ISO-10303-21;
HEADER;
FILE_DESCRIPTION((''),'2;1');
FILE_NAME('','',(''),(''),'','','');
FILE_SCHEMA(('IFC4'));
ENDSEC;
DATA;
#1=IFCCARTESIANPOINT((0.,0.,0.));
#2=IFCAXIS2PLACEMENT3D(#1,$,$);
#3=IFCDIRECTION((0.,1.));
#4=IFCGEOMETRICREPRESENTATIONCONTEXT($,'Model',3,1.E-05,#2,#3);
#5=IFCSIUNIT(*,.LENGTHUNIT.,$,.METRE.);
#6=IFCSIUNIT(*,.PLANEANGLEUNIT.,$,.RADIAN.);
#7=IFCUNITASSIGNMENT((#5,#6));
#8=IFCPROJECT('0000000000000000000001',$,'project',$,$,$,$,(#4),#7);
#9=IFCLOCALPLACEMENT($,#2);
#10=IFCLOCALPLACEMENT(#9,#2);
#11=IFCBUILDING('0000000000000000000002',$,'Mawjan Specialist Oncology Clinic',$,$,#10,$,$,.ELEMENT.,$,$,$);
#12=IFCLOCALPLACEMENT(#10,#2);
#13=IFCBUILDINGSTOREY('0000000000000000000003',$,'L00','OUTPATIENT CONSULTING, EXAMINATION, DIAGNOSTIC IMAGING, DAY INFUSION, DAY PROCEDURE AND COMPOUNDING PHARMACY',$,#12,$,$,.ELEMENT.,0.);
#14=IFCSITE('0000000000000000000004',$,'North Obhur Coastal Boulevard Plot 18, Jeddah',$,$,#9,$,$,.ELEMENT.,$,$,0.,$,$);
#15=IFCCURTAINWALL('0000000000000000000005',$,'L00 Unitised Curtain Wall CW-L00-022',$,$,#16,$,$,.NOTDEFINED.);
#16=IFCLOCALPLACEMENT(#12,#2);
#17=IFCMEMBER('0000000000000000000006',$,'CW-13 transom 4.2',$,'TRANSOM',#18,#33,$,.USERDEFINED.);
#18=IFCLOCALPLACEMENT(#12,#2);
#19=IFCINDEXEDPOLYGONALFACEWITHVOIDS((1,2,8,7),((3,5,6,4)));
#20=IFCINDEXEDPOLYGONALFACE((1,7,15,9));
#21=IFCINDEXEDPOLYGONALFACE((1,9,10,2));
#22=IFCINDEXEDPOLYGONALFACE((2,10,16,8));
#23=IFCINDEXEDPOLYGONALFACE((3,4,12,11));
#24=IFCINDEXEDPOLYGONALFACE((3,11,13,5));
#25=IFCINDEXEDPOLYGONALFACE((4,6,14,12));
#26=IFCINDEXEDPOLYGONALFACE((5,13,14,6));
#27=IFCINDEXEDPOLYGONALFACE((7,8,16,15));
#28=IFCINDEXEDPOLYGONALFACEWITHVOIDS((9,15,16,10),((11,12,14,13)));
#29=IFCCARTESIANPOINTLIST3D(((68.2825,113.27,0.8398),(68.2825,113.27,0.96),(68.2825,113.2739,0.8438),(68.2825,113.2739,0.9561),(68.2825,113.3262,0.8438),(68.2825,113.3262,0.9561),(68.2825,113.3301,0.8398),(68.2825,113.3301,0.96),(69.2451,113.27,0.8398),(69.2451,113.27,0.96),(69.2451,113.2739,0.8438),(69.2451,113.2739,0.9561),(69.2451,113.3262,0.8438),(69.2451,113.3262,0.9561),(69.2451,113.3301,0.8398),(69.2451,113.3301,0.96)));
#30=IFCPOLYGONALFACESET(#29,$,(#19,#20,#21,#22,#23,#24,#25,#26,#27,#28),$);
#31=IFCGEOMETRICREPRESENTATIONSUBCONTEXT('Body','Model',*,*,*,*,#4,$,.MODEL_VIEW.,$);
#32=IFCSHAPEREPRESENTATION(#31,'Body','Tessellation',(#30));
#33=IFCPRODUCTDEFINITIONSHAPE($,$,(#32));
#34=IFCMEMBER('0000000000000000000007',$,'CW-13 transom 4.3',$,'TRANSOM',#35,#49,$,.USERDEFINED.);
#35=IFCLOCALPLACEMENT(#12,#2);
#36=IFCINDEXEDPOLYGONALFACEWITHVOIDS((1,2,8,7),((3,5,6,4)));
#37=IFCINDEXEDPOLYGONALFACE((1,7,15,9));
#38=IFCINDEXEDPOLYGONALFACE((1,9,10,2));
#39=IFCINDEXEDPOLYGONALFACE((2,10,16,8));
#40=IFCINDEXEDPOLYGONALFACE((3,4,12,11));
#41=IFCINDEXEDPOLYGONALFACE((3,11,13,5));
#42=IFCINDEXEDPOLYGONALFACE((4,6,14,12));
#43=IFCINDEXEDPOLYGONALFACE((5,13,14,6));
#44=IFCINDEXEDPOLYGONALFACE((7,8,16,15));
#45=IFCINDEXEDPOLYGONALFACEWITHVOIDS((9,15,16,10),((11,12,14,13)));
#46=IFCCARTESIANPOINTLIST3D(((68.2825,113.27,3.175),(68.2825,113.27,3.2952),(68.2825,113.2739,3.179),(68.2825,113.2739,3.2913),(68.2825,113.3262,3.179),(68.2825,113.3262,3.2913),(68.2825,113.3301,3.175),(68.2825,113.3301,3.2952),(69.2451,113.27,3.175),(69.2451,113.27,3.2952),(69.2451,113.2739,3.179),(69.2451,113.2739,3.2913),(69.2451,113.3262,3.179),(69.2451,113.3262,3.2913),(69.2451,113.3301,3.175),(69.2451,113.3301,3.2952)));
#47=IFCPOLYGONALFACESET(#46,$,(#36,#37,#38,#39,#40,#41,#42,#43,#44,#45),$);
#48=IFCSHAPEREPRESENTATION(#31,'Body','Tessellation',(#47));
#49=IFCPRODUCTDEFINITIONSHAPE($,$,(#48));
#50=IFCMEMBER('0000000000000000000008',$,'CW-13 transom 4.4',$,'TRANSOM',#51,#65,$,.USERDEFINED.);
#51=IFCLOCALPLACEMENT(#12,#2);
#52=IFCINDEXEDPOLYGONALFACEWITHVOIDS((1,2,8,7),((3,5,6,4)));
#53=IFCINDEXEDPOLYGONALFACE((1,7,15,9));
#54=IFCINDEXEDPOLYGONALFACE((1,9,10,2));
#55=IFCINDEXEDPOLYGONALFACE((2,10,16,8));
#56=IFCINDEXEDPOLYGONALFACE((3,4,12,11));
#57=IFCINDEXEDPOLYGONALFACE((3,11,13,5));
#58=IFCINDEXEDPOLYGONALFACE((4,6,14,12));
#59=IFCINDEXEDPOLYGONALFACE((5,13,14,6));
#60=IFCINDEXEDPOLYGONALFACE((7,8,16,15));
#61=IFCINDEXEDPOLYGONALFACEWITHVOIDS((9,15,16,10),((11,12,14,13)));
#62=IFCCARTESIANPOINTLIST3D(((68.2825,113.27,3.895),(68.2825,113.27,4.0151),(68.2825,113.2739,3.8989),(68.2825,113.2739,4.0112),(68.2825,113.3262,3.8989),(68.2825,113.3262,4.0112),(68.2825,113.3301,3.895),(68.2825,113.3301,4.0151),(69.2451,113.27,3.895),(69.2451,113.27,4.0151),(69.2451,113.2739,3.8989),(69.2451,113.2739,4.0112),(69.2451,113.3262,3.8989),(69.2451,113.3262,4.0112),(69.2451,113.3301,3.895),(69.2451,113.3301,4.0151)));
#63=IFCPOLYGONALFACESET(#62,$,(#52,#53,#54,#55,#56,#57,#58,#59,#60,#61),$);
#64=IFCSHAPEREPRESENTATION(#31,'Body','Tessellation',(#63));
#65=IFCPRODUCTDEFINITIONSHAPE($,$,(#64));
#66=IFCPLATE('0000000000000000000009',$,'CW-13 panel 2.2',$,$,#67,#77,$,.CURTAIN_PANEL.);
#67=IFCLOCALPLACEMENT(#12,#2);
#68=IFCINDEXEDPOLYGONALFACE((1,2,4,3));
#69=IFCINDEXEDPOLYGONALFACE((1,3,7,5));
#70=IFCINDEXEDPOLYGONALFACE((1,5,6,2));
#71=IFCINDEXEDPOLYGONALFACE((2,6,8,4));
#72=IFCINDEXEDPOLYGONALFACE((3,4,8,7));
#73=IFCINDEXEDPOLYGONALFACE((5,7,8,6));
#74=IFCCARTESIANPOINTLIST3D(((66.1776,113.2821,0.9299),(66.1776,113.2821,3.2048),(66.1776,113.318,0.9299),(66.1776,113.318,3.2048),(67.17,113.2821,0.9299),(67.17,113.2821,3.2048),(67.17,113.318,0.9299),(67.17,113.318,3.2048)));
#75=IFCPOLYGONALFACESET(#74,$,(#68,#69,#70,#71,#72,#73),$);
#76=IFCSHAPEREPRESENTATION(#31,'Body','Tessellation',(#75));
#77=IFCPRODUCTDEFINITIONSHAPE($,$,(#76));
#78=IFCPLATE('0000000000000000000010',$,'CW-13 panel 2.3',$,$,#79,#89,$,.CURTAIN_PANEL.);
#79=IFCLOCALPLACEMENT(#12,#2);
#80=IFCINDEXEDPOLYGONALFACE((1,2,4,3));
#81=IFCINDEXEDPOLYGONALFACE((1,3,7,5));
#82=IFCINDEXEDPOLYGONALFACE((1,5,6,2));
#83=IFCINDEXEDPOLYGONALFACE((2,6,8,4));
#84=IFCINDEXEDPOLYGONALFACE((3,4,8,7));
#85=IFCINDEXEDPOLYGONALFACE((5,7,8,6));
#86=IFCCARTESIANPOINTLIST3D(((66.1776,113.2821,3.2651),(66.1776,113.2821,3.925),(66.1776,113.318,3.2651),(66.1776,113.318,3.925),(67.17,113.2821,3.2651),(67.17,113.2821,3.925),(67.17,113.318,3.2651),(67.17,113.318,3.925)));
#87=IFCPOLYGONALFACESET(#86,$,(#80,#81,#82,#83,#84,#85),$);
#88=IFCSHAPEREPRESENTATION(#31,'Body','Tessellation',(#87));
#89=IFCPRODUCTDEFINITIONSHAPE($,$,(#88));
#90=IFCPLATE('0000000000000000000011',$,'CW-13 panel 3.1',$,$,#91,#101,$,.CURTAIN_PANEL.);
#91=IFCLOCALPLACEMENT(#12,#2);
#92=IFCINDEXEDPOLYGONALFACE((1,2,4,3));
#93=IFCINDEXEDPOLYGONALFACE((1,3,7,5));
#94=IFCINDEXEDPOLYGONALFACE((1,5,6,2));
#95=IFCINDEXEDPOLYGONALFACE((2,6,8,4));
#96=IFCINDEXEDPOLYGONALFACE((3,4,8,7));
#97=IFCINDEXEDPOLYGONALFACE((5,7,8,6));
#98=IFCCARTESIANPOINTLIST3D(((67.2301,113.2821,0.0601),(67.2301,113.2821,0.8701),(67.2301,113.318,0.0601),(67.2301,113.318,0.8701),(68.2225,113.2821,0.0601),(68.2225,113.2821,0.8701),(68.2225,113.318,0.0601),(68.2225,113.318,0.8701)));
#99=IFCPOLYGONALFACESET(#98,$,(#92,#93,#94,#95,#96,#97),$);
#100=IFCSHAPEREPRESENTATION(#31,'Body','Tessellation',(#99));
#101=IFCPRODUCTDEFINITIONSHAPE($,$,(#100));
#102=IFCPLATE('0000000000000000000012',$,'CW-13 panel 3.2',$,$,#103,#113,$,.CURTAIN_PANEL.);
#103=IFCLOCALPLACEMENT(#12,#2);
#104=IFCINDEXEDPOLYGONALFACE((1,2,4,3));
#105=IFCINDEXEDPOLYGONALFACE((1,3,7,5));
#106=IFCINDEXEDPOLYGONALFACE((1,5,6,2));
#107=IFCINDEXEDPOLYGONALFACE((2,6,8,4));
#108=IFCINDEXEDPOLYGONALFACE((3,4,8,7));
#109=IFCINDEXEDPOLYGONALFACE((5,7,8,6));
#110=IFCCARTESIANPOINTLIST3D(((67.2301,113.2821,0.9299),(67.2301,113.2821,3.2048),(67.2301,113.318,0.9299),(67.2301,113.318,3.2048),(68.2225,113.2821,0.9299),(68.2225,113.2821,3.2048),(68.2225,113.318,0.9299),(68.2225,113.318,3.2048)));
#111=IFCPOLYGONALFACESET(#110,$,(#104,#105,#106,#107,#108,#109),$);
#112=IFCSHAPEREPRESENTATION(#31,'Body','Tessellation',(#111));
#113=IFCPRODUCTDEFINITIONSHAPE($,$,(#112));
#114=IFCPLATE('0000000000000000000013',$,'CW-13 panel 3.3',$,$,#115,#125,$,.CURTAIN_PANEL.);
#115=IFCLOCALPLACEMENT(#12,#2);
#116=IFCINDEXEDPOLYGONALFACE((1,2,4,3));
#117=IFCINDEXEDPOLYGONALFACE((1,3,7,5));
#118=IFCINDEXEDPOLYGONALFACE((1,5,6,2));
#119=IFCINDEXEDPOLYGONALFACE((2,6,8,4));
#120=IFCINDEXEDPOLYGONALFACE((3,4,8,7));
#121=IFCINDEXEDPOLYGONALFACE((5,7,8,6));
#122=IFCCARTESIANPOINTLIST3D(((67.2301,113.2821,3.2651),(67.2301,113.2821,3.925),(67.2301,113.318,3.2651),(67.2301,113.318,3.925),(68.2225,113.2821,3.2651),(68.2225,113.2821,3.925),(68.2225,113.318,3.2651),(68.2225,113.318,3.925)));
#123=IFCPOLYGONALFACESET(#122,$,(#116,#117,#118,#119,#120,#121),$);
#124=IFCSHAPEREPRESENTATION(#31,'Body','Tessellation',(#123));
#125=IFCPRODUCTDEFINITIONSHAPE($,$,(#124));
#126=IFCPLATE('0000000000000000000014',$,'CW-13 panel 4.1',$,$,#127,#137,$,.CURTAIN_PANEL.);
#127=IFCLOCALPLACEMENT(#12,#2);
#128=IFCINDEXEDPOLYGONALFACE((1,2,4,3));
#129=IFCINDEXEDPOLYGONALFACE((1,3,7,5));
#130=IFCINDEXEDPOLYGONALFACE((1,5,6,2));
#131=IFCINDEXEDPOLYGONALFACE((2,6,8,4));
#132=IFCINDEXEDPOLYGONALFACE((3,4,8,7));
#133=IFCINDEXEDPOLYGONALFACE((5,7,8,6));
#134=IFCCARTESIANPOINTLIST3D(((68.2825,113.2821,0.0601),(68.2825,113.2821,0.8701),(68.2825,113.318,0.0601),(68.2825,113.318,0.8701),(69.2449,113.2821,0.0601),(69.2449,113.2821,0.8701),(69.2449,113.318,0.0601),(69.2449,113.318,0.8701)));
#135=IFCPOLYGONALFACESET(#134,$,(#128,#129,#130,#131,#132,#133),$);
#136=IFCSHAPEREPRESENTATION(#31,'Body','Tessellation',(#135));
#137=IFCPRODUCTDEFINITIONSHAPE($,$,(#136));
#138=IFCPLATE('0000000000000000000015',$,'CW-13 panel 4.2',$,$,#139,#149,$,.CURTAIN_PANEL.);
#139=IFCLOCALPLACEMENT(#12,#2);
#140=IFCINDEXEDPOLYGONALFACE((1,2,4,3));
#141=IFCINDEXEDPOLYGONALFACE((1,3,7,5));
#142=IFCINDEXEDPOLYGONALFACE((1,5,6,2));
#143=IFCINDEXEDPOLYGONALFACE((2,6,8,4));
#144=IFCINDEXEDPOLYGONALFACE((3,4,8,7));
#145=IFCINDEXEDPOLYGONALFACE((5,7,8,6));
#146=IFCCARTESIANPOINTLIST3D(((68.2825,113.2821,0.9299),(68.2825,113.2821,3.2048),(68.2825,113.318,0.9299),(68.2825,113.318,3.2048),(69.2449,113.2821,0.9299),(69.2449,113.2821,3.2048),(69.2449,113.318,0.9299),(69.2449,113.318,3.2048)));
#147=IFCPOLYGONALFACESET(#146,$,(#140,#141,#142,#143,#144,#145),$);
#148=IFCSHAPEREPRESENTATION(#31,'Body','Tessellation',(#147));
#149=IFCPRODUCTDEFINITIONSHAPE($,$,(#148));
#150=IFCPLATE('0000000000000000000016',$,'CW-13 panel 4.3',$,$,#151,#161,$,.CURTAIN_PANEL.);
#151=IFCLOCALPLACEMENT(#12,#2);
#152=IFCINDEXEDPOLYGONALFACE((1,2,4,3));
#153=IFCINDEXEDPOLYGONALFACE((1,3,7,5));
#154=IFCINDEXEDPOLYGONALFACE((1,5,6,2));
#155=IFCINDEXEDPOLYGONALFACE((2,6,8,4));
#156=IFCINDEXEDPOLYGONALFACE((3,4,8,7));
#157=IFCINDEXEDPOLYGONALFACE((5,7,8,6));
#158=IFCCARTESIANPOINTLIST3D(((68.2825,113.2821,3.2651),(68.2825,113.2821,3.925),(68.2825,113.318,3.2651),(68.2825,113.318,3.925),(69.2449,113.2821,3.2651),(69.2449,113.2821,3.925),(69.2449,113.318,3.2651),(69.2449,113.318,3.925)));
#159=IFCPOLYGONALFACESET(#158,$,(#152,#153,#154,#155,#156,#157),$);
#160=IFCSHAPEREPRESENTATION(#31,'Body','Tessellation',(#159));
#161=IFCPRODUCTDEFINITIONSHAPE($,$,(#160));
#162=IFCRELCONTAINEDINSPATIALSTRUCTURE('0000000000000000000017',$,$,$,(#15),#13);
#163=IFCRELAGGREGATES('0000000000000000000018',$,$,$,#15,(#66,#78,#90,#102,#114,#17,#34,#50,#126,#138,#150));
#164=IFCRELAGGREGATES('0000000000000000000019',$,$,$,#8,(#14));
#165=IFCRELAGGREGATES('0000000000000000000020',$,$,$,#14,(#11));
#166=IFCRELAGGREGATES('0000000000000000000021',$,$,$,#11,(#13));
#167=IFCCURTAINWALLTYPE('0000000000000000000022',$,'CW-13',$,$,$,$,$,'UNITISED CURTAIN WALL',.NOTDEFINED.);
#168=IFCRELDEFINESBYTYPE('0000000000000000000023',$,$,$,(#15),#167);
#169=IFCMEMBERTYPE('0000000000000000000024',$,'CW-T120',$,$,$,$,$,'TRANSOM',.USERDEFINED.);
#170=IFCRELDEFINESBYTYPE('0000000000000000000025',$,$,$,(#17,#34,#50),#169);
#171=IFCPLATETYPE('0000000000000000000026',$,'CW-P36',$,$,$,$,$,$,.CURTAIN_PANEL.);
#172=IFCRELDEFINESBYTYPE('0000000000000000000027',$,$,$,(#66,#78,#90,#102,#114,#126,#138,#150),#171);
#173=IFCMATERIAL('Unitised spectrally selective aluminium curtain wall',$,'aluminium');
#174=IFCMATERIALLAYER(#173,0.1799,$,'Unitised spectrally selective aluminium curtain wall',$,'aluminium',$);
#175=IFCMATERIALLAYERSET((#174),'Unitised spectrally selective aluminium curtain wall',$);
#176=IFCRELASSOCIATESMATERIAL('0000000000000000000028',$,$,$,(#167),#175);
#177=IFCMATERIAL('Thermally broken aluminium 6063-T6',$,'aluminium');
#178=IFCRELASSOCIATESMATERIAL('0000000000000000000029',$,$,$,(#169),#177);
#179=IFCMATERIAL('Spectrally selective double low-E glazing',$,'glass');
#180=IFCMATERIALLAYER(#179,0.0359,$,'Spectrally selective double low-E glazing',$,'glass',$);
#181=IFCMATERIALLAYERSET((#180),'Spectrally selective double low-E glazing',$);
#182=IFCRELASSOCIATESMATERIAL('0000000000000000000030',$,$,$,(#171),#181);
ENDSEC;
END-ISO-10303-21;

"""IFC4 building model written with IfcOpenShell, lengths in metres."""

from ifc_helpers import new_model, si_unit, direction, frame, origin, origin_2d, place, context, subcontext, project, spatial, rectangle, hollow_rectangle, extrude, material, layer, layer_set, material_profile, profile_set, type_object, element, aggregate, save


model = new_model("IFC4")

# Units and contexts
model_context = context("Model", 3, precision=1e-05, world=origin(), true_north=direction((0.0, 1.0)))
body_context = subcontext(model_context, "Body", "Model", "MODEL_VIEW")
ifc_project = project(units=[si_unit("LENGTHUNIT", "METRE"), si_unit("PLANEANGLEUNIT", "RADIAN")], contexts=[model_context])

# Site, building, storey
site_placement = place(None, origin())
site = spatial("IfcSite", under=ifc_project, at=site_placement, Name="North Obhur Coastal Boulevard Plot 18, Jeddah", CompositionType="ELEMENT", RefElevation=0.0)
building_placement = place(site_placement, origin())
building = spatial("IfcBuilding", under=site, at=building_placement, Name="Mawjan Specialist Oncology Clinic", CompositionType="ELEMENT")
storey_placement = place(building_placement, origin())
storey = spatial("IfcBuildingStorey", under=building, at=storey_placement, Name="L00", Description="OUTPATIENT CONSULTING, EXAMINATION, DIAGNOSTIC IMAGING, DAY INFUSION, DAY PROCEDURE AND COMPOUNDING PHARMACY", CompositionType="ELEMENT", Elevation=0.0)

# Curtain wall, members, plates
ifc_material_1 = material(Name="Unitised spectrally selective aluminium curtain wall", Category="aluminium")
ifc_layer_1 = layer(ifc_material_1, 0.1799, Name="Unitised spectrally selective aluminium curtain wall", Category="aluminium")
ifc_layer_set_1 = layer_set([ifc_layer_1], Name="Unitised spectrally selective aluminium curtain wall")
curtain_wall_type = type_object("IfcCurtainWallType", Name="CW-13", ElementType="UNITISED CURTAIN WALL", PredefinedType="NOTDEFINED", material=ifc_layer_set_1)
curtain_wall_placement = place(storey_placement, origin())
curtain_wall = element("IfcCurtainWall", 1, at=curtain_wall_placement, inside=storey, type_object=curtain_wall_type, Name="L00 Unitised Curtain Wall CW-L00-022", PredefinedType="NOTDEFINED")
ifc_material_2 = material(Name="Thermally broken aluminium 6063-T6", Category="aluminium")
ifc_material_profile_1 = material_profile(ifc_material_2, hollow_rectangle(XDim=0.0601, YDim=0.1201, WallThickness=0.0039, at=origin_2d()), Name="ALU TRANSOM 120x60x4", Category="aluminium")
ifc_profile_set_1 = profile_set([ifc_material_profile_1], Name="Thermally broken aluminium 6063-T6")
member_type_1 = type_object("IfcMemberType", Name="CW-T120", ElementType="TRANSOM", PredefinedType="USERDEFINED", material=ifc_profile_set_1)
member_1_placement = place(storey_placement, frame((68.2825, 113.3, 0.8999), z_axis=(1.0, 0.0, 0.0), x_axis=(0.0, 1.0, 0.0)))
member_1 = element("IfcMember", 2, at=member_1_placement, type_object=member_type_1, Name="CW-13 transom 4.2", ObjectType="TRANSOM", PredefinedType="USERDEFINED", context=body_context, shape_type="SweptSolid", body=[
    extrude(hollow_rectangle(XDim=0.0601, YDim=0.1201, WallThickness=0.0039, at=origin_2d()), origin(), (0.0, 0.0, 1.0), 0.9626),
])
member_2_placement = place(storey_placement, frame((68.2825, 113.3, 3.2351), z_axis=(1.0, 0.0, 0.0), x_axis=(0.0, 1.0, 0.0)))
member_2 = element("IfcMember", 3, at=member_2_placement, type_object=member_type_1, Name="CW-13 transom 4.3", ObjectType="TRANSOM", PredefinedType="USERDEFINED", context=body_context, shape_type="SweptSolid", body=[
    extrude(hollow_rectangle(XDim=0.0601, YDim=0.1201, WallThickness=0.0039, at=origin_2d()), origin(), (0.0, 0.0, 1.0), 0.9626),
])
member_3_placement = place(storey_placement, frame((68.2825, 113.3, 3.9551), z_axis=(1.0, 0.0, 0.0), x_axis=(0.0, 1.0, 0.0)))
member_3 = element("IfcMember", 4, at=member_3_placement, type_object=member_type_1, Name="CW-13 transom 4.4", ObjectType="TRANSOM", PredefinedType="USERDEFINED", context=body_context, shape_type="SweptSolid", body=[
    extrude(hollow_rectangle(XDim=0.0601, YDim=0.1201, WallThickness=0.0039, at=origin_2d()), origin(), (0.0, 0.0, 1.0), 0.9626),
])
ifc_material_3 = material(Name="Spectrally selective double low-E glazing", Category="glass")
ifc_layer_2 = layer(ifc_material_3, 0.0359, Name="Spectrally selective double low-E glazing", Category="glass")
ifc_layer_set_2 = layer_set([ifc_layer_2], Name="Spectrally selective double low-E glazing")
plate_type = type_object("IfcPlateType", Name="CW-P36", PredefinedType="CURTAIN_PANEL", material=ifc_layer_set_2)
plate_1_placement = place(storey_placement, frame((66.6738, 113.3, 0.9299), z_axis=(0.0, 0.0, 1.0), x_axis=(1.0, 0.0, 0.0)))
plate_1 = element("IfcPlate", 5, at=plate_1_placement, type_object=plate_type, Name="CW-13 panel 2.2", PredefinedType="CURTAIN_PANEL", context=body_context, shape_type="SweptSolid", body=[
    extrude(rectangle(XDim=0.9924, YDim=0.0359, at=origin_2d()), origin(), (0.0, 0.0, 1.0), 2.2749),
])
plate_2_placement = place(storey_placement, frame((66.6738, 113.3, 3.2651), z_axis=(0.0, 0.0, 1.0), x_axis=(1.0, 0.0, 0.0)))
plate_2 = element("IfcPlate", 6, at=plate_2_placement, type_object=plate_type, Name="CW-13 panel 2.3", PredefinedType="CURTAIN_PANEL", context=body_context, shape_type="SweptSolid", body=[
    extrude(rectangle(XDim=0.9924, YDim=0.0359, at=origin_2d()), origin(), (0.0, 0.0, 1.0), 0.6599),
])
plate_3_placement = place(storey_placement, frame((67.7263, 113.3, 0.0601), z_axis=(0.0, 0.0, 1.0), x_axis=(1.0, 0.0, 0.0)))
plate_3 = element("IfcPlate", 7, at=plate_3_placement, type_object=plate_type, Name="CW-13 panel 3.1", PredefinedType="CURTAIN_PANEL", context=body_context, shape_type="SweptSolid", body=[
    extrude(rectangle(XDim=0.9924, YDim=0.0359, at=origin_2d()), origin(), (0.0, 0.0, 1.0), 0.8101),
])
plate_4_placement = place(storey_placement, frame((67.7263, 113.3, 0.9299), z_axis=(0.0, 0.0, 1.0), x_axis=(1.0, 0.0, 0.0)))
plate_4 = element("IfcPlate", 8, at=plate_4_placement, type_object=plate_type, Name="CW-13 panel 3.2", PredefinedType="CURTAIN_PANEL", context=body_context, shape_type="SweptSolid", body=[
    extrude(rectangle(XDim=0.9924, YDim=0.0359, at=origin_2d()), origin(), (0.0, 0.0, 1.0), 2.2749),
])
plate_5_placement = place(storey_placement, frame((67.7263, 113.3, 3.2651), z_axis=(0.0, 0.0, 1.0), x_axis=(1.0, 0.0, 0.0)))
plate_5 = element("IfcPlate", 9, at=plate_5_placement, type_object=plate_type, Name="CW-13 panel 3.3", PredefinedType="CURTAIN_PANEL", context=body_context, shape_type="SweptSolid", body=[
    extrude(rectangle(XDim=0.9924, YDim=0.0359, at=origin_2d()), origin(), (0.0, 0.0, 1.0), 0.6599),
])
plate_6_placement = place(storey_placement, frame((68.7637, 113.3, 0.0601), z_axis=(0.0, 0.0, 1.0), x_axis=(1.0, 0.0, 0.0)))
plate_6 = element("IfcPlate", 10, at=plate_6_placement, type_object=plate_type, Name="CW-13 panel 4.1", PredefinedType="CURTAIN_PANEL", context=body_context, shape_type="SweptSolid", body=[
    extrude(rectangle(XDim=0.9624, YDim=0.0359, at=origin_2d()), origin(), (0.0, 0.0, 1.0), 0.8101),
])
plate_7_placement = place(storey_placement, frame((68.7637, 113.3, 0.9299), z_axis=(0.0, 0.0, 1.0), x_axis=(1.0, 0.0, 0.0)))
plate_7 = element("IfcPlate", 11, at=plate_7_placement, type_object=plate_type, Name="CW-13 panel 4.2", PredefinedType="CURTAIN_PANEL", context=body_context, shape_type="SweptSolid", body=[
    extrude(rectangle(XDim=0.9624, YDim=0.0359, at=origin_2d()), origin(), (0.0, 0.0, 1.0), 2.2749),
])
plate_8_placement = place(storey_placement, frame((68.7637, 113.3, 3.2651), z_axis=(0.0, 0.0, 1.0), x_axis=(1.0, 0.0, 0.0)))
plate_8 = element("IfcPlate", 12, at=plate_8_placement, type_object=plate_type, Name="CW-13 panel 4.3", PredefinedType="CURTAIN_PANEL", context=body_context, shape_type="SweptSolid", body=[
    extrude(rectangle(XDim=0.9624, YDim=0.0359, at=origin_2d()), origin(), (0.0, 0.0, 1.0), 0.6599),
])
aggregate(curtain_wall, [plate_1, plate_2, plate_3, plate_4, plate_5, member_1, member_2, member_3, plate_6, plate_7, plate_8])

save(model, "model.ifc")
